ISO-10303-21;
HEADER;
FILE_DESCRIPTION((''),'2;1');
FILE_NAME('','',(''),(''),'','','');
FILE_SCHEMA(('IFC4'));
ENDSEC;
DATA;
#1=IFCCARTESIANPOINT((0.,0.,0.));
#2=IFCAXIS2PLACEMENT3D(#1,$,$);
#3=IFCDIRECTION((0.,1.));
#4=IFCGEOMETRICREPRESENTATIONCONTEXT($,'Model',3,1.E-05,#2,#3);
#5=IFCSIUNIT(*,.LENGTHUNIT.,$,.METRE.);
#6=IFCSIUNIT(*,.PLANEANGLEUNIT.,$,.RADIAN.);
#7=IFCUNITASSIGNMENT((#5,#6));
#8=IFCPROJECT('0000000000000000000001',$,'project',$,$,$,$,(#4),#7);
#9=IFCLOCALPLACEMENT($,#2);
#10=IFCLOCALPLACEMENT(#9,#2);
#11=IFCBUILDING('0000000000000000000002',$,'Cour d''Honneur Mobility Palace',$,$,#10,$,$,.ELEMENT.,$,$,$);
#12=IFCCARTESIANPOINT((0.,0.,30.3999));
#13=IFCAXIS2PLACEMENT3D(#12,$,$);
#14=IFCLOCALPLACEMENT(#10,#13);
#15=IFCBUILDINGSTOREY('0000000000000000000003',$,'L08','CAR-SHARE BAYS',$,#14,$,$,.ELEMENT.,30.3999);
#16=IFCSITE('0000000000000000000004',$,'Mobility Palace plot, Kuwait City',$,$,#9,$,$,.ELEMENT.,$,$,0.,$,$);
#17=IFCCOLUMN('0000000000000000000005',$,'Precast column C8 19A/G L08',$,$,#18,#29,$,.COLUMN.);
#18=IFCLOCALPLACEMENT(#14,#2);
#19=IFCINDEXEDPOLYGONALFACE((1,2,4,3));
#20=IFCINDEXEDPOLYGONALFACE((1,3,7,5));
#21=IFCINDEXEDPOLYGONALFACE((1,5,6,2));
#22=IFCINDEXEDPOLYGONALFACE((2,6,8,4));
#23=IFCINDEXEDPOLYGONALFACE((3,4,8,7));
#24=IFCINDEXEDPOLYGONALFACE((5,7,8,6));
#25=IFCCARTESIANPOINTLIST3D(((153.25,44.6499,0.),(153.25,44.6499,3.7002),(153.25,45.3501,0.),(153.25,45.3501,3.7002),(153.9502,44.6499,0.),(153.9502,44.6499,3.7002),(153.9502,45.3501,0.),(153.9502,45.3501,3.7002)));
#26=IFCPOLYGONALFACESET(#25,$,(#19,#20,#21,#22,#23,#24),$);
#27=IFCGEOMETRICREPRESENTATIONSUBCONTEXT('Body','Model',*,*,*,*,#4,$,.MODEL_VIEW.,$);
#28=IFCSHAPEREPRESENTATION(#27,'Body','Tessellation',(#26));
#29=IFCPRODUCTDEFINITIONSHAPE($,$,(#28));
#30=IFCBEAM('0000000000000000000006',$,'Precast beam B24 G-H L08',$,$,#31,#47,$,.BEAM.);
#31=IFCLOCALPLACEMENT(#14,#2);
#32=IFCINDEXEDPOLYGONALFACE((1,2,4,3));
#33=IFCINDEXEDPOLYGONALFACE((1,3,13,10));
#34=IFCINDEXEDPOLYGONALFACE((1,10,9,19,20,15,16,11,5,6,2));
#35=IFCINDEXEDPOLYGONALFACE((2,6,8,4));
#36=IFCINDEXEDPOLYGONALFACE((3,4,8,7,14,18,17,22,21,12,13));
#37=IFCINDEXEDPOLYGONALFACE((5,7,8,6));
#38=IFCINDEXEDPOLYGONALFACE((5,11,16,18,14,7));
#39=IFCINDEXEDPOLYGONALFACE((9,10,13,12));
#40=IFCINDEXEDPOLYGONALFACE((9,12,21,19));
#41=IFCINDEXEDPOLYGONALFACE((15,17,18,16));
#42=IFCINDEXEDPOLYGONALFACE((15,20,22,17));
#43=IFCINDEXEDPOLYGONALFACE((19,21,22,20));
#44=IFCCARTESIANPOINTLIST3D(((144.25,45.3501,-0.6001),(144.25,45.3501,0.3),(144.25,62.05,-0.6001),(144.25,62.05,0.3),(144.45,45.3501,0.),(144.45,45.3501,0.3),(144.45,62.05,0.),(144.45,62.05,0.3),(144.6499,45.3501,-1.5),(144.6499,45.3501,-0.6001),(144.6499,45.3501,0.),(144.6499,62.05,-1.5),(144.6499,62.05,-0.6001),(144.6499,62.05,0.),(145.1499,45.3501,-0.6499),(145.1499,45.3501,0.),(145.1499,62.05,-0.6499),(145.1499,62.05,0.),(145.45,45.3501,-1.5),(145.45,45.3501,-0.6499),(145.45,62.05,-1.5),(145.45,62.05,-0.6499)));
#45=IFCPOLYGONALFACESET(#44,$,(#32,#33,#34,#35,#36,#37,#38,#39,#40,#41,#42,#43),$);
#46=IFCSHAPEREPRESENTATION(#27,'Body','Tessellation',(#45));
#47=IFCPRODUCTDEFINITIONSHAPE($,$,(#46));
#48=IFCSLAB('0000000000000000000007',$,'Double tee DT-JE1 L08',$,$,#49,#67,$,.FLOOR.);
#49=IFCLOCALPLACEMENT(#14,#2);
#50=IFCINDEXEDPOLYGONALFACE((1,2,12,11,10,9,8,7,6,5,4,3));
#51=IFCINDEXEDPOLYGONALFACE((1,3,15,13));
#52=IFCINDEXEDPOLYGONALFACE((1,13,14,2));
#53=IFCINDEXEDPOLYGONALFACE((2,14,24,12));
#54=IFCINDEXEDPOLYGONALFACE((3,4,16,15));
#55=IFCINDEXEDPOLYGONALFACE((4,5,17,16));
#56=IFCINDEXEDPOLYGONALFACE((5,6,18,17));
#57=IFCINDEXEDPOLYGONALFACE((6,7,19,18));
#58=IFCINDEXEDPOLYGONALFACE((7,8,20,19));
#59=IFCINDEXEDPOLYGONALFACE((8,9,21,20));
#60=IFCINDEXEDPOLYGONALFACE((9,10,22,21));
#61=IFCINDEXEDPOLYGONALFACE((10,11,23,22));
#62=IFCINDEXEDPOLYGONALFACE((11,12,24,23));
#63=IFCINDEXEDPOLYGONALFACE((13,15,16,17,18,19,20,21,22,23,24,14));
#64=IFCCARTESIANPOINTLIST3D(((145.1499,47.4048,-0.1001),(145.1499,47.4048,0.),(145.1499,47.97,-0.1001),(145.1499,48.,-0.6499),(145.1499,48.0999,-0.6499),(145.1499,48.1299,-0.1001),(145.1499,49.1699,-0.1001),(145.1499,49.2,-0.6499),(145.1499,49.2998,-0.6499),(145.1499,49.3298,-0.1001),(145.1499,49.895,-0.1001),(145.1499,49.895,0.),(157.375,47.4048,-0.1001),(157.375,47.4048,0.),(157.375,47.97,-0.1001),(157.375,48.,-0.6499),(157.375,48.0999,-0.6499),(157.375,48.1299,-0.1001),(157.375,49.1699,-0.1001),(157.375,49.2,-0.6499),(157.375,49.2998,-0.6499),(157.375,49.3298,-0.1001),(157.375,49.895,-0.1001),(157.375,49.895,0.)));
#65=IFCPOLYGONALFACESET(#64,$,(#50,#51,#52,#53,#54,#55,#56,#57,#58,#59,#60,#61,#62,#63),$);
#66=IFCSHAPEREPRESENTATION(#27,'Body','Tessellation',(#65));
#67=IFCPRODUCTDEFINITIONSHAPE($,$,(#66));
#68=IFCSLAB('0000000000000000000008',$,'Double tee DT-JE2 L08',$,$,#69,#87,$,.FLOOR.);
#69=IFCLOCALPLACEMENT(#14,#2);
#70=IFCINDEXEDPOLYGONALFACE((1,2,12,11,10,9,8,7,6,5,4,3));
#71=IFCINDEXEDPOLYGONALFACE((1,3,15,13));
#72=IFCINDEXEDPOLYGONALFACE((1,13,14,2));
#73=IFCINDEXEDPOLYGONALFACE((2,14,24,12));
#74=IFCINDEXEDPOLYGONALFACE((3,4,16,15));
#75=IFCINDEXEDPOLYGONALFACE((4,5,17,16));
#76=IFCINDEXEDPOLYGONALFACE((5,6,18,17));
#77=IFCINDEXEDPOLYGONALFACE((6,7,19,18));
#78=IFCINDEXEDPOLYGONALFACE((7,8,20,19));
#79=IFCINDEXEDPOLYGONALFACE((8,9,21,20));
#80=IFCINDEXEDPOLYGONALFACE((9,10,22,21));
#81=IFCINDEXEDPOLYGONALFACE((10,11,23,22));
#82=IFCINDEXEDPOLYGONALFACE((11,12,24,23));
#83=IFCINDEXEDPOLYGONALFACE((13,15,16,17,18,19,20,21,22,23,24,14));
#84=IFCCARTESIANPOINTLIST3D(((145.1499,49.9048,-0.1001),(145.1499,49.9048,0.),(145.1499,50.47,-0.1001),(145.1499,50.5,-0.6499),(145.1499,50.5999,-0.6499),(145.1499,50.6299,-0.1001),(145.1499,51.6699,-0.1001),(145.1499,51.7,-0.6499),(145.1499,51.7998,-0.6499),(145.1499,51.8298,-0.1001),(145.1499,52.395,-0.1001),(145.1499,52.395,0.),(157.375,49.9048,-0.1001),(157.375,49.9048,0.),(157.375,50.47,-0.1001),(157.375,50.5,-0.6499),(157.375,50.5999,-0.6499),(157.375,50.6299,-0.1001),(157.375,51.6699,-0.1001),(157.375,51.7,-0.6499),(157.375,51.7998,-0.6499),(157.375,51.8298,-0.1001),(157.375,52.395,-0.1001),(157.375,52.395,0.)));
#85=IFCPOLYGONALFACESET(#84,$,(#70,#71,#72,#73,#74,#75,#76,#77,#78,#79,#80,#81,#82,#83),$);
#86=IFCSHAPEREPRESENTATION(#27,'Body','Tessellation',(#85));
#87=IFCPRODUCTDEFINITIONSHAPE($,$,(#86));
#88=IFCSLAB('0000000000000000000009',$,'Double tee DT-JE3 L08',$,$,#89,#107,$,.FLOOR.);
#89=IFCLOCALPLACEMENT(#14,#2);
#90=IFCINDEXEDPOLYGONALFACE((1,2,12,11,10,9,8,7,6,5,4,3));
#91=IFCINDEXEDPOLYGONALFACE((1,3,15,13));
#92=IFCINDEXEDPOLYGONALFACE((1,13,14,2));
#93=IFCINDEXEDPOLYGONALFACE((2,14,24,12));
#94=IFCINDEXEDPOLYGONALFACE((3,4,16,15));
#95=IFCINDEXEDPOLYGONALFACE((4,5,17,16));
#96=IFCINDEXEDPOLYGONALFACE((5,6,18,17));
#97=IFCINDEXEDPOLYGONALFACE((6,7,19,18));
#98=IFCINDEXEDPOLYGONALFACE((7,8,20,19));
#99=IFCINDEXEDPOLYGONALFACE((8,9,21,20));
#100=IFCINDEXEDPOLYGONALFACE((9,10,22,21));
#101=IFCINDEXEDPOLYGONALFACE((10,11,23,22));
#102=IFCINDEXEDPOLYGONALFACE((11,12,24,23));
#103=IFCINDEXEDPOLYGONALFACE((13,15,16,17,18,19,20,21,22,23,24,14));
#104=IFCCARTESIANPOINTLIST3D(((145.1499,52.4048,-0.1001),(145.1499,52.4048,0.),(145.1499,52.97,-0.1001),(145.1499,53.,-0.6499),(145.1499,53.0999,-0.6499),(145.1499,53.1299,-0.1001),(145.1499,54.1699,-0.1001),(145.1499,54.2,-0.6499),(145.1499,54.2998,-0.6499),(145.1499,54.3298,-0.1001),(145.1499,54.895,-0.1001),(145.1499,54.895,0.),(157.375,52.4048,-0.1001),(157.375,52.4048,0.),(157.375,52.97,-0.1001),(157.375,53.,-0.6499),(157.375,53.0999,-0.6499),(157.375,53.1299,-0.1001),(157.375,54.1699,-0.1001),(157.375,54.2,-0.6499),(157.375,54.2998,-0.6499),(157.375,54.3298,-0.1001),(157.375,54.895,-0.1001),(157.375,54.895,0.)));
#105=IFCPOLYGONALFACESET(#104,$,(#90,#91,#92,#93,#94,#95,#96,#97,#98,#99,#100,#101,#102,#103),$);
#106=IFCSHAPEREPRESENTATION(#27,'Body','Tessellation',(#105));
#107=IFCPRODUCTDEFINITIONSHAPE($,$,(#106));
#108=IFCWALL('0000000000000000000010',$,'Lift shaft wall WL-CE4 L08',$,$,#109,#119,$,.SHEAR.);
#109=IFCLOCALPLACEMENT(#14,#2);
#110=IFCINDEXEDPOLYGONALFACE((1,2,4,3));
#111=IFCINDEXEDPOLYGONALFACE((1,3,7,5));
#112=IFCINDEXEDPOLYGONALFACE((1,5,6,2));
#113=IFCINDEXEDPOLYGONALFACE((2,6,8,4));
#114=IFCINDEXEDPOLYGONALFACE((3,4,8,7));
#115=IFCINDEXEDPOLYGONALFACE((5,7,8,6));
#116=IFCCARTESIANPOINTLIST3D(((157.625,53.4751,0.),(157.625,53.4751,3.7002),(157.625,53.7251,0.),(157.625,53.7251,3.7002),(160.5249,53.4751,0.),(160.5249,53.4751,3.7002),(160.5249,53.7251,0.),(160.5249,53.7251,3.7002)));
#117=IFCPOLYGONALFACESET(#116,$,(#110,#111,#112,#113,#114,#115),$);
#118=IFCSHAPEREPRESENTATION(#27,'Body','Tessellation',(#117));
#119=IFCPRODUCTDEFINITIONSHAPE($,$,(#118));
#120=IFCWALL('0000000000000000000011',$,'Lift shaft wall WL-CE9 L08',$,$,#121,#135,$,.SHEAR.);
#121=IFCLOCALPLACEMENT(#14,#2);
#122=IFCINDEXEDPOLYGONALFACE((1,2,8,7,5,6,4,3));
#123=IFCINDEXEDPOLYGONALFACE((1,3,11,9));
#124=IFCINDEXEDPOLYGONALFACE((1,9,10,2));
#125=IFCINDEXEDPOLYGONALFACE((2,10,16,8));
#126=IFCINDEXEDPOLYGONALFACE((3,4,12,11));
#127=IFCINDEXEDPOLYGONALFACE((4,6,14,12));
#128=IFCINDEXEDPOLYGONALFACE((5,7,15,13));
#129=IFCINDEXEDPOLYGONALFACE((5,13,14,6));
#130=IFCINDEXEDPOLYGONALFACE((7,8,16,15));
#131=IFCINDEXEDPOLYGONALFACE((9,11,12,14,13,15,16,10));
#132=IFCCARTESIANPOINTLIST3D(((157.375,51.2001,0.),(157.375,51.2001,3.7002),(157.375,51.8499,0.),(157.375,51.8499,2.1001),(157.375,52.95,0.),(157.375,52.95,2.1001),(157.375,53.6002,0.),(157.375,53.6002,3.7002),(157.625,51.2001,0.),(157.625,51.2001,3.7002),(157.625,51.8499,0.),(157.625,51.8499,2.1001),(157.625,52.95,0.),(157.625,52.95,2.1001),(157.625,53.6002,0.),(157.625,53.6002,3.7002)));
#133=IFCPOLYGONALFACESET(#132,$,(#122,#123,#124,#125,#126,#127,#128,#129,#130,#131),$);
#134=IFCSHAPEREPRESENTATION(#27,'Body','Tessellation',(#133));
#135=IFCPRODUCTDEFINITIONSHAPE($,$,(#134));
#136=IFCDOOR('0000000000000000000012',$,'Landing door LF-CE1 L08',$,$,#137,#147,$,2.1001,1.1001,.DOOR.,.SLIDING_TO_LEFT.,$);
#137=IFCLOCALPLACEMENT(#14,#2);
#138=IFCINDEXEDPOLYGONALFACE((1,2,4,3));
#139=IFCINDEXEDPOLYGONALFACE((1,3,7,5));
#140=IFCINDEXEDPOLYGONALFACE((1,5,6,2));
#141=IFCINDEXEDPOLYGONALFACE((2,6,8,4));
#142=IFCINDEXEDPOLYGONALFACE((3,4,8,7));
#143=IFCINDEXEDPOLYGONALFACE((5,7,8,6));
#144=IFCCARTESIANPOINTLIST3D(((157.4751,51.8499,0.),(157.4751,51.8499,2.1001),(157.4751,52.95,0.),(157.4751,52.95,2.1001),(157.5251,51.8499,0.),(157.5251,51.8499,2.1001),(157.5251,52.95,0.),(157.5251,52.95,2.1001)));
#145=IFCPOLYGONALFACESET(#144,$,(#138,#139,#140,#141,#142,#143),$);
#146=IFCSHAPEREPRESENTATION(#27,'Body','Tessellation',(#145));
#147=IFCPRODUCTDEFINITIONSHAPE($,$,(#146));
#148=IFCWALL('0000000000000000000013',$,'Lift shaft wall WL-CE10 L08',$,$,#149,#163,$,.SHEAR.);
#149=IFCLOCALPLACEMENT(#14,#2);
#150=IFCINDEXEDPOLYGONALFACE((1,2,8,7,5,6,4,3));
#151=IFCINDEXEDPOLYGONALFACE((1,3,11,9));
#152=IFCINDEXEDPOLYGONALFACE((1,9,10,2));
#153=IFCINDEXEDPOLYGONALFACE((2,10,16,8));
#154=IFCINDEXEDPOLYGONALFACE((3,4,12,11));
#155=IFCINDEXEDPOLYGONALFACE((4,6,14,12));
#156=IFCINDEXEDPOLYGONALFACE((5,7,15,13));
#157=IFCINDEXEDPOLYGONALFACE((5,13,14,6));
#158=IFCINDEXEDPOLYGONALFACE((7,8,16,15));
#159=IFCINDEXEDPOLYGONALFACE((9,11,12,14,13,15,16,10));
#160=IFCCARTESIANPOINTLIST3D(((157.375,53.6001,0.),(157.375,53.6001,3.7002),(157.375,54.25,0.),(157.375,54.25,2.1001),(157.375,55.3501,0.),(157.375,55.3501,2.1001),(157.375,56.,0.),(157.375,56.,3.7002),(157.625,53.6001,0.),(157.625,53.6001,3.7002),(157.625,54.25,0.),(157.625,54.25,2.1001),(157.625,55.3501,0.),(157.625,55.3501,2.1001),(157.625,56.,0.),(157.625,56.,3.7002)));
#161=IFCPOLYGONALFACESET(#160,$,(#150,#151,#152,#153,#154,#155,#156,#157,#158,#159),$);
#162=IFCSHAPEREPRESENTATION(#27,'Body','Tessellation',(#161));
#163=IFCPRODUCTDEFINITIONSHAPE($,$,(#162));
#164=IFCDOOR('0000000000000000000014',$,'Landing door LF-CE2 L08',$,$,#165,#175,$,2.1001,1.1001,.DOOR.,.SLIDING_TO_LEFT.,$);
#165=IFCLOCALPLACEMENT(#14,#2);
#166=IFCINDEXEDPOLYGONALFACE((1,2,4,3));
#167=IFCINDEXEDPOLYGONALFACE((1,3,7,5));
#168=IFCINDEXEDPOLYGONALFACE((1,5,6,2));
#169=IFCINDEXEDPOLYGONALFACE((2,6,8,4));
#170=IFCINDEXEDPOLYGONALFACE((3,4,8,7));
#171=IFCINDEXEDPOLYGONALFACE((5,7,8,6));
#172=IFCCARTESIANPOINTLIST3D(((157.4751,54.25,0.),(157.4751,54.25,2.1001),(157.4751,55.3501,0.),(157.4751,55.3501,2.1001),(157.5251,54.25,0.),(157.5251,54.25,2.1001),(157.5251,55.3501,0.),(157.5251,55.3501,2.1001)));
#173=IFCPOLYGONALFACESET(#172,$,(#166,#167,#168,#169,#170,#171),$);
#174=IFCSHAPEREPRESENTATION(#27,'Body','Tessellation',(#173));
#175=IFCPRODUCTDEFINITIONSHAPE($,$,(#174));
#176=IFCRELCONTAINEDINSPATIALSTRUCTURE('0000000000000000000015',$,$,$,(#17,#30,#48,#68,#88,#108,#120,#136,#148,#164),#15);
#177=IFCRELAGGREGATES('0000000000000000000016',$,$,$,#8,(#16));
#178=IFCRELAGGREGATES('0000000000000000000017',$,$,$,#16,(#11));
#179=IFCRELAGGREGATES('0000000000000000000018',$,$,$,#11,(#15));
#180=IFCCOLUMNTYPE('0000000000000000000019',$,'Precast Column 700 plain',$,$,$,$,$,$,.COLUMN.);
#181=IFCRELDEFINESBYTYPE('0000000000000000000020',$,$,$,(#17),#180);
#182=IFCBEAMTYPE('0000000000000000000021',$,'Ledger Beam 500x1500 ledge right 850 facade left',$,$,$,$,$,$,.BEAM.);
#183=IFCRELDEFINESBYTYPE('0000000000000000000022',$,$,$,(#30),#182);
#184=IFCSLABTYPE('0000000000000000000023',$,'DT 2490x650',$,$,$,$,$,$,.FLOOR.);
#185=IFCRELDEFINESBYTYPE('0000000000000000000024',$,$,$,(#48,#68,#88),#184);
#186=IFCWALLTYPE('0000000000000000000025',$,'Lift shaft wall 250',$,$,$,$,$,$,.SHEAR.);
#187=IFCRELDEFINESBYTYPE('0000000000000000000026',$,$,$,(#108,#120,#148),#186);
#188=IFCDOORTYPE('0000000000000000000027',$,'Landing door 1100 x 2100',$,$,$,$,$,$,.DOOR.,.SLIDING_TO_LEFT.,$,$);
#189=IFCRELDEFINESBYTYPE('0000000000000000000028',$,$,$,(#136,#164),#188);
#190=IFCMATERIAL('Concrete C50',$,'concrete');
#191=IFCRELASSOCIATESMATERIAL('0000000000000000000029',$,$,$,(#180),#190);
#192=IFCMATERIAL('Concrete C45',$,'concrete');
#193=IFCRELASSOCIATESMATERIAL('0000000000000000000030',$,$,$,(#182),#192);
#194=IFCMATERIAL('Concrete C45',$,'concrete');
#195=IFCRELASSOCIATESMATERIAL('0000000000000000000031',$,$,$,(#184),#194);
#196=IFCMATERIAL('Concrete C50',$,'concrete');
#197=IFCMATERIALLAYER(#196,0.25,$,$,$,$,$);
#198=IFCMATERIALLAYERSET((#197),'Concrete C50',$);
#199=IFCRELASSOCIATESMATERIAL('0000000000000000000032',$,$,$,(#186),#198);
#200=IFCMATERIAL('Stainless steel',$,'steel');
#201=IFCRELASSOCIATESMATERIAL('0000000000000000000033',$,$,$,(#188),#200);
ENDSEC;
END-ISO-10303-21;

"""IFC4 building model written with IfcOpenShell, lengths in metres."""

from ifc_helpers import new_model, si_unit, direction, frame, frame_2d, origin, place, context, subcontext, project, spatial, polyline, rectangle, outline, extrude, material, layer, layer_set, material_profile, profile_set, type_object, element, fill, save


model = new_model("IFC4")

# Units and contexts
model_context = context("Model", 3, precision=1e-05, world=origin(), true_north=direction((0.0, 1.0)))
body_context = subcontext(model_context, "Body", "Model", "MODEL_VIEW")
ifc_project = project(units=[si_unit("LENGTHUNIT", "METRE"), si_unit("PLANEANGLEUNIT", "RADIAN")], contexts=[model_context])

# Site, building, storey
site_placement = place(None, origin())
site = spatial("IfcSite", under=ifc_project, at=site_placement, Name="Mobility Palace plot, Kuwait City", CompositionType="ELEMENT", RefElevation=0.0)
building_placement = place(site_placement, origin())
building = spatial("IfcBuilding", under=site, at=building_placement, Name="Cour d'Honneur Mobility Palace", CompositionType="ELEMENT")
storey_placement = place(building_placement, frame((0.0, 0.0, 30.3999)))
storey = spatial("IfcBuildingStorey", under=building, at=storey_placement, Name="L08", Description="CAR-SHARE BAYS", CompositionType="ELEMENT", Elevation=30.3999)

# Column
ifc_material_1 = material(Name="Concrete C50", Category="concrete")
ifc_material_profile_1 = material_profile(ifc_material_1, outline(polyline([(-0.3501, -0.3501), (0.3501, -0.3501), (0.3501, 0.3501), (-0.3501, 0.3501), (-0.3501, -0.3501)])), Name="PC C700 plain")
ifc_profile_set_1 = profile_set([ifc_material_profile_1], Name="Concrete C50")
column_type = type_object("IfcColumnType", Name="Precast Column 700 plain", PredefinedType="COLUMN", material=ifc_profile_set_1)
column_placement = place(storey_placement, frame((153.6001, 45.0, 0.0), z_axis=(0.0, 0.0, 1.0), x_axis=(1.0, 0.0, 0.0)))
element("IfcColumn", 1, at=column_placement, inside=storey, type_object=column_type, Name="Precast column C8 19A/G L08", PredefinedType="COLUMN", context=body_context, shape_type="SweptSolid", body=[
    extrude(outline(polyline([(-0.3501, -0.3501), (0.3501, -0.3501), (0.3501, 0.3501), (-0.3501, 0.3501), (-0.3501, -0.3501)])), origin(), (0.0, 0.0, 1.0), 3.7002),
])

# Beam
ifc_material_2 = material(Name="Concrete C45", Category="concrete")
ifc_material_profile_2 = material_profile(ifc_material_2, outline(polyline([(0.25, -1.5), (0.25, -0.6001), (0.6499, -0.6001), (0.6499, 0.3), (0.45, 0.3), (0.45, 0.0), (0.25, 0.0), (-0.25, 0.0), (-0.25, -0.6499), (-0.55, -0.6499), (-0.55, -1.5), (0.25, -1.5)])), Name="Ledger Beam 500x1500 ledge right 850 facade left")
ifc_profile_set_2 = profile_set([ifc_material_profile_2], Name="Concrete C45")
beam_type = type_object("IfcBeamType", Name="Ledger Beam 500x1500 ledge right 850 facade left", PredefinedType="BEAM", material=ifc_profile_set_2)
beam_placement = place(storey_placement, frame((144.8999, 45.3501, 0.0), z_axis=(0.0, 1.0, 0.0), x_axis=(-1.0, 0.0, 0.0)))
element("IfcBeam", 2, at=beam_placement, inside=storey, type_object=beam_type, Name="Precast beam B24 G-H L08", PredefinedType="BEAM", context=body_context, shape_type="SweptSolid", body=[
    extrude(outline(polyline([(0.25, -1.5), (0.25, -0.6001), (0.6499, -0.6001), (0.6499, 0.3), (0.45, 0.3), (0.45, 0.0), (0.25, 0.0), (-0.25, 0.0), (-0.25, -0.6499), (-0.55, -0.6499), (-0.55, -1.5), (0.25, -1.5)])), origin(), (0.0, 0.0, 1.0), 16.7),
])

# Slabs
ifc_material_3 = material(Name="Concrete C45", Category="concrete")
ifc_material_profile_3 = material_profile(ifc_material_3, outline(polyline([(-1.2451, 0.0), (1.2451, 0.0), (1.2451, -0.1001), (0.6799, -0.1001), (0.6499, -0.6499), (0.55, -0.6499), (0.52, -0.1001), (-0.52, -0.1001), (-0.55, -0.6499), (-0.6499, -0.6499), (-0.6799, -0.1001), (-1.2451, -0.1001), (-1.2451, 0.0)])), Name="DT 2490x650")
ifc_profile_set_3 = profile_set([ifc_material_profile_3], Name="Concrete C45")
slab_type = type_object("IfcSlabType", Name="DT 2490x650", PredefinedType="FLOOR", material=ifc_profile_set_3)
for number, where, z_axis, x_axis, name in (
    (3, (145.1499, 48.6499, 0.0), (1.0, 0.0, 0.0), (0.0, 1.0, 0.0), "Double tee DT-JE1 L08"),
    (4, (145.1499, 51.1499, 0.0), (1.0, 0.0, 0.0), (0.0, 1.0, 0.0), "Double tee DT-JE2 L08"),
    (5, (145.1499, 53.6499, 0.0), (1.0, 0.0, 0.0), (0.0, 1.0, 0.0), "Double tee DT-JE3 L08"),
):
    element("IfcSlab", number, at=place(storey_placement, frame(where, z_axis=z_axis, x_axis=x_axis)), inside=storey, type_object=slab_type, Name=name, PredefinedType="FLOOR", context=body_context, shape_type="SweptSolid", body=[
        extrude(outline(polyline([(-1.2451, 0.0), (1.2451, 0.0), (1.2451, -0.1001), (0.6799, -0.1001), (0.6499, -0.6499), (0.55, -0.6499), (0.52, -0.1001), (-0.52, -0.1001), (-0.55, -0.6499), (-0.6499, -0.6499), (-0.6799, -0.1001), (-1.2451, -0.1001), (-1.2451, 0.0)])), origin(), (0.0, 0.0, 1.0), 12.2251),
    ])

# Wall
ifc_material_4 = material(Name="Concrete C50", Category="concrete")
ifc_layer_1 = layer(ifc_material_4, 0.25)
ifc_layer_set_1 = layer_set([ifc_layer_1], Name="Concrete C50")
wall_type_1 = type_object("IfcWallType", Name="Lift shaft wall 250", PredefinedType="SHEAR", material=ifc_layer_set_1)
wall_1_placement = place(storey_placement, frame((157.625, 53.6001, 0.0), z_axis=(0.0, 0.0, 1.0), x_axis=(1.0, 0.0, 0.0)))
element("IfcWall", 6, at=wall_1_placement, inside=storey, type_object=wall_type_1, Name="Lift shaft wall WL-CE4 L08", PredefinedType="SHEAR", context=body_context, shape_type="SweptSolid", body=[
    extrude(rectangle(XDim=2.8999, YDim=0.25, at=frame_2d((1.45, 0.0))), origin(), (0.0, 0.0, 1.0), 3.7002),
])

# Walls, openings, doors
wall_2_placement = place(storey_placement, frame((157.5, 51.2, 0.0), z_axis=(0.0, 0.0, 1.0), x_axis=(0.0, 1.0, 0.0)))
wall_2 = element("IfcWall", 7, at=wall_2_placement, inside=storey, type_object=wall_type_1, Name="Lift shaft wall WL-CE9 L08", PredefinedType="SHEAR", context=body_context, shape_type="SweptSolid", body=[
    extrude(rectangle(XDim=2.4001, YDim=0.25, at=frame_2d((1.2002, 0.0))), origin(), (0.0, 0.0, 1.0), 3.7002),
])
opening_1_placement = place(wall_2_placement, frame((0.6499, 0.0, 0.0)))
opening_1 = element("IfcOpeningElement", 8, at=opening_1_placement, cuts=wall_2, PredefinedType="OPENING", context=body_context, shape_type="SweptSolid", body=[
    extrude(rectangle(XDim=1.1001, YDim=2.1001, at=frame_2d((0.55, 1.05))), frame((0.0, 0.135, 0.0), z_axis=(0.0, -1.0, 0.0), x_axis=(1.0, 0.0, 0.0)), (0.0, 0.0, 1.0), 0.27),
])
ifc_material_5 = material(Name="Stainless steel", Category="steel")
door_type_1 = type_object("IfcDoorType", Name="Landing door 1100 x 2100", OperationType="SLIDING_TO_LEFT", PredefinedType="DOOR", material=ifc_material_5)
door_1_placement = place(opening_1_placement, origin())
door_1 = element("IfcDoor", 9, at=door_1_placement, inside=storey, type_object=door_type_1, Name="Landing door LF-CE1 L08", OperationType="SLIDING_TO_LEFT", OverallHeight=2.1001, OverallWidth=1.1001, PredefinedType="DOOR", context=body_context, shape_type="SweptSolid", body=[
    extrude(rectangle(XDim=1.1001, YDim=2.1001, at=frame_2d((0.55, 1.05))), frame((0.0, 0.0249, 0.0), z_axis=(0.0, -1.0, 0.0), x_axis=(1.0, 0.0, 0.0)), (0.0, 0.0, 1.0), 0.05),
])
fill(opening_1, door_1)
wall_3_placement = place(storey_placement, frame((157.5, 53.6001, 0.0), z_axis=(0.0, 0.0, 1.0), x_axis=(0.0, 1.0, 0.0)))
wall_3 = element("IfcWall", 10, at=wall_3_placement, inside=storey, type_object=wall_type_1, Name="Lift shaft wall WL-CE10 L08", PredefinedType="SHEAR", context=body_context, shape_type="SweptSolid", body=[
    extrude(rectangle(XDim=2.3999, YDim=0.25, at=frame_2d((1.2, 0.0))), origin(), (0.0, 0.0, 1.0), 3.7002),
])
opening_2_placement = place(wall_3_placement, frame((0.6499, 0.0, 0.0)))
opening_2 = element("IfcOpeningElement", 11, at=opening_2_placement, cuts=wall_3, PredefinedType="OPENING", context=body_context, shape_type="SweptSolid", body=[
    extrude(rectangle(XDim=1.1001, YDim=2.1001, at=frame_2d((0.55, 1.05))), frame((0.0, 0.135, 0.0), z_axis=(0.0, -1.0, 0.0), x_axis=(1.0, 0.0, 0.0)), (0.0, 0.0, 1.0), 0.27),
])
door_2_placement = place(opening_2_placement, origin())
door_2 = element("IfcDoor", 12, at=door_2_placement, inside=storey, type_object=door_type_1, Name="Landing door LF-CE2 L08", OperationType="SLIDING_TO_LEFT", OverallHeight=2.1001, OverallWidth=1.1001, PredefinedType="DOOR", context=body_context, shape_type="SweptSolid", body=[
    extrude(rectangle(XDim=1.1001, YDim=2.1001, at=frame_2d((0.55, 1.05))), frame((0.0, 0.0249, 0.0), z_axis=(0.0, -1.0, 0.0), x_axis=(1.0, 0.0, 0.0)), (0.0, 0.0, 1.0), 0.05),
])
fill(opening_2, door_2)

save(model, "model.ifc")
